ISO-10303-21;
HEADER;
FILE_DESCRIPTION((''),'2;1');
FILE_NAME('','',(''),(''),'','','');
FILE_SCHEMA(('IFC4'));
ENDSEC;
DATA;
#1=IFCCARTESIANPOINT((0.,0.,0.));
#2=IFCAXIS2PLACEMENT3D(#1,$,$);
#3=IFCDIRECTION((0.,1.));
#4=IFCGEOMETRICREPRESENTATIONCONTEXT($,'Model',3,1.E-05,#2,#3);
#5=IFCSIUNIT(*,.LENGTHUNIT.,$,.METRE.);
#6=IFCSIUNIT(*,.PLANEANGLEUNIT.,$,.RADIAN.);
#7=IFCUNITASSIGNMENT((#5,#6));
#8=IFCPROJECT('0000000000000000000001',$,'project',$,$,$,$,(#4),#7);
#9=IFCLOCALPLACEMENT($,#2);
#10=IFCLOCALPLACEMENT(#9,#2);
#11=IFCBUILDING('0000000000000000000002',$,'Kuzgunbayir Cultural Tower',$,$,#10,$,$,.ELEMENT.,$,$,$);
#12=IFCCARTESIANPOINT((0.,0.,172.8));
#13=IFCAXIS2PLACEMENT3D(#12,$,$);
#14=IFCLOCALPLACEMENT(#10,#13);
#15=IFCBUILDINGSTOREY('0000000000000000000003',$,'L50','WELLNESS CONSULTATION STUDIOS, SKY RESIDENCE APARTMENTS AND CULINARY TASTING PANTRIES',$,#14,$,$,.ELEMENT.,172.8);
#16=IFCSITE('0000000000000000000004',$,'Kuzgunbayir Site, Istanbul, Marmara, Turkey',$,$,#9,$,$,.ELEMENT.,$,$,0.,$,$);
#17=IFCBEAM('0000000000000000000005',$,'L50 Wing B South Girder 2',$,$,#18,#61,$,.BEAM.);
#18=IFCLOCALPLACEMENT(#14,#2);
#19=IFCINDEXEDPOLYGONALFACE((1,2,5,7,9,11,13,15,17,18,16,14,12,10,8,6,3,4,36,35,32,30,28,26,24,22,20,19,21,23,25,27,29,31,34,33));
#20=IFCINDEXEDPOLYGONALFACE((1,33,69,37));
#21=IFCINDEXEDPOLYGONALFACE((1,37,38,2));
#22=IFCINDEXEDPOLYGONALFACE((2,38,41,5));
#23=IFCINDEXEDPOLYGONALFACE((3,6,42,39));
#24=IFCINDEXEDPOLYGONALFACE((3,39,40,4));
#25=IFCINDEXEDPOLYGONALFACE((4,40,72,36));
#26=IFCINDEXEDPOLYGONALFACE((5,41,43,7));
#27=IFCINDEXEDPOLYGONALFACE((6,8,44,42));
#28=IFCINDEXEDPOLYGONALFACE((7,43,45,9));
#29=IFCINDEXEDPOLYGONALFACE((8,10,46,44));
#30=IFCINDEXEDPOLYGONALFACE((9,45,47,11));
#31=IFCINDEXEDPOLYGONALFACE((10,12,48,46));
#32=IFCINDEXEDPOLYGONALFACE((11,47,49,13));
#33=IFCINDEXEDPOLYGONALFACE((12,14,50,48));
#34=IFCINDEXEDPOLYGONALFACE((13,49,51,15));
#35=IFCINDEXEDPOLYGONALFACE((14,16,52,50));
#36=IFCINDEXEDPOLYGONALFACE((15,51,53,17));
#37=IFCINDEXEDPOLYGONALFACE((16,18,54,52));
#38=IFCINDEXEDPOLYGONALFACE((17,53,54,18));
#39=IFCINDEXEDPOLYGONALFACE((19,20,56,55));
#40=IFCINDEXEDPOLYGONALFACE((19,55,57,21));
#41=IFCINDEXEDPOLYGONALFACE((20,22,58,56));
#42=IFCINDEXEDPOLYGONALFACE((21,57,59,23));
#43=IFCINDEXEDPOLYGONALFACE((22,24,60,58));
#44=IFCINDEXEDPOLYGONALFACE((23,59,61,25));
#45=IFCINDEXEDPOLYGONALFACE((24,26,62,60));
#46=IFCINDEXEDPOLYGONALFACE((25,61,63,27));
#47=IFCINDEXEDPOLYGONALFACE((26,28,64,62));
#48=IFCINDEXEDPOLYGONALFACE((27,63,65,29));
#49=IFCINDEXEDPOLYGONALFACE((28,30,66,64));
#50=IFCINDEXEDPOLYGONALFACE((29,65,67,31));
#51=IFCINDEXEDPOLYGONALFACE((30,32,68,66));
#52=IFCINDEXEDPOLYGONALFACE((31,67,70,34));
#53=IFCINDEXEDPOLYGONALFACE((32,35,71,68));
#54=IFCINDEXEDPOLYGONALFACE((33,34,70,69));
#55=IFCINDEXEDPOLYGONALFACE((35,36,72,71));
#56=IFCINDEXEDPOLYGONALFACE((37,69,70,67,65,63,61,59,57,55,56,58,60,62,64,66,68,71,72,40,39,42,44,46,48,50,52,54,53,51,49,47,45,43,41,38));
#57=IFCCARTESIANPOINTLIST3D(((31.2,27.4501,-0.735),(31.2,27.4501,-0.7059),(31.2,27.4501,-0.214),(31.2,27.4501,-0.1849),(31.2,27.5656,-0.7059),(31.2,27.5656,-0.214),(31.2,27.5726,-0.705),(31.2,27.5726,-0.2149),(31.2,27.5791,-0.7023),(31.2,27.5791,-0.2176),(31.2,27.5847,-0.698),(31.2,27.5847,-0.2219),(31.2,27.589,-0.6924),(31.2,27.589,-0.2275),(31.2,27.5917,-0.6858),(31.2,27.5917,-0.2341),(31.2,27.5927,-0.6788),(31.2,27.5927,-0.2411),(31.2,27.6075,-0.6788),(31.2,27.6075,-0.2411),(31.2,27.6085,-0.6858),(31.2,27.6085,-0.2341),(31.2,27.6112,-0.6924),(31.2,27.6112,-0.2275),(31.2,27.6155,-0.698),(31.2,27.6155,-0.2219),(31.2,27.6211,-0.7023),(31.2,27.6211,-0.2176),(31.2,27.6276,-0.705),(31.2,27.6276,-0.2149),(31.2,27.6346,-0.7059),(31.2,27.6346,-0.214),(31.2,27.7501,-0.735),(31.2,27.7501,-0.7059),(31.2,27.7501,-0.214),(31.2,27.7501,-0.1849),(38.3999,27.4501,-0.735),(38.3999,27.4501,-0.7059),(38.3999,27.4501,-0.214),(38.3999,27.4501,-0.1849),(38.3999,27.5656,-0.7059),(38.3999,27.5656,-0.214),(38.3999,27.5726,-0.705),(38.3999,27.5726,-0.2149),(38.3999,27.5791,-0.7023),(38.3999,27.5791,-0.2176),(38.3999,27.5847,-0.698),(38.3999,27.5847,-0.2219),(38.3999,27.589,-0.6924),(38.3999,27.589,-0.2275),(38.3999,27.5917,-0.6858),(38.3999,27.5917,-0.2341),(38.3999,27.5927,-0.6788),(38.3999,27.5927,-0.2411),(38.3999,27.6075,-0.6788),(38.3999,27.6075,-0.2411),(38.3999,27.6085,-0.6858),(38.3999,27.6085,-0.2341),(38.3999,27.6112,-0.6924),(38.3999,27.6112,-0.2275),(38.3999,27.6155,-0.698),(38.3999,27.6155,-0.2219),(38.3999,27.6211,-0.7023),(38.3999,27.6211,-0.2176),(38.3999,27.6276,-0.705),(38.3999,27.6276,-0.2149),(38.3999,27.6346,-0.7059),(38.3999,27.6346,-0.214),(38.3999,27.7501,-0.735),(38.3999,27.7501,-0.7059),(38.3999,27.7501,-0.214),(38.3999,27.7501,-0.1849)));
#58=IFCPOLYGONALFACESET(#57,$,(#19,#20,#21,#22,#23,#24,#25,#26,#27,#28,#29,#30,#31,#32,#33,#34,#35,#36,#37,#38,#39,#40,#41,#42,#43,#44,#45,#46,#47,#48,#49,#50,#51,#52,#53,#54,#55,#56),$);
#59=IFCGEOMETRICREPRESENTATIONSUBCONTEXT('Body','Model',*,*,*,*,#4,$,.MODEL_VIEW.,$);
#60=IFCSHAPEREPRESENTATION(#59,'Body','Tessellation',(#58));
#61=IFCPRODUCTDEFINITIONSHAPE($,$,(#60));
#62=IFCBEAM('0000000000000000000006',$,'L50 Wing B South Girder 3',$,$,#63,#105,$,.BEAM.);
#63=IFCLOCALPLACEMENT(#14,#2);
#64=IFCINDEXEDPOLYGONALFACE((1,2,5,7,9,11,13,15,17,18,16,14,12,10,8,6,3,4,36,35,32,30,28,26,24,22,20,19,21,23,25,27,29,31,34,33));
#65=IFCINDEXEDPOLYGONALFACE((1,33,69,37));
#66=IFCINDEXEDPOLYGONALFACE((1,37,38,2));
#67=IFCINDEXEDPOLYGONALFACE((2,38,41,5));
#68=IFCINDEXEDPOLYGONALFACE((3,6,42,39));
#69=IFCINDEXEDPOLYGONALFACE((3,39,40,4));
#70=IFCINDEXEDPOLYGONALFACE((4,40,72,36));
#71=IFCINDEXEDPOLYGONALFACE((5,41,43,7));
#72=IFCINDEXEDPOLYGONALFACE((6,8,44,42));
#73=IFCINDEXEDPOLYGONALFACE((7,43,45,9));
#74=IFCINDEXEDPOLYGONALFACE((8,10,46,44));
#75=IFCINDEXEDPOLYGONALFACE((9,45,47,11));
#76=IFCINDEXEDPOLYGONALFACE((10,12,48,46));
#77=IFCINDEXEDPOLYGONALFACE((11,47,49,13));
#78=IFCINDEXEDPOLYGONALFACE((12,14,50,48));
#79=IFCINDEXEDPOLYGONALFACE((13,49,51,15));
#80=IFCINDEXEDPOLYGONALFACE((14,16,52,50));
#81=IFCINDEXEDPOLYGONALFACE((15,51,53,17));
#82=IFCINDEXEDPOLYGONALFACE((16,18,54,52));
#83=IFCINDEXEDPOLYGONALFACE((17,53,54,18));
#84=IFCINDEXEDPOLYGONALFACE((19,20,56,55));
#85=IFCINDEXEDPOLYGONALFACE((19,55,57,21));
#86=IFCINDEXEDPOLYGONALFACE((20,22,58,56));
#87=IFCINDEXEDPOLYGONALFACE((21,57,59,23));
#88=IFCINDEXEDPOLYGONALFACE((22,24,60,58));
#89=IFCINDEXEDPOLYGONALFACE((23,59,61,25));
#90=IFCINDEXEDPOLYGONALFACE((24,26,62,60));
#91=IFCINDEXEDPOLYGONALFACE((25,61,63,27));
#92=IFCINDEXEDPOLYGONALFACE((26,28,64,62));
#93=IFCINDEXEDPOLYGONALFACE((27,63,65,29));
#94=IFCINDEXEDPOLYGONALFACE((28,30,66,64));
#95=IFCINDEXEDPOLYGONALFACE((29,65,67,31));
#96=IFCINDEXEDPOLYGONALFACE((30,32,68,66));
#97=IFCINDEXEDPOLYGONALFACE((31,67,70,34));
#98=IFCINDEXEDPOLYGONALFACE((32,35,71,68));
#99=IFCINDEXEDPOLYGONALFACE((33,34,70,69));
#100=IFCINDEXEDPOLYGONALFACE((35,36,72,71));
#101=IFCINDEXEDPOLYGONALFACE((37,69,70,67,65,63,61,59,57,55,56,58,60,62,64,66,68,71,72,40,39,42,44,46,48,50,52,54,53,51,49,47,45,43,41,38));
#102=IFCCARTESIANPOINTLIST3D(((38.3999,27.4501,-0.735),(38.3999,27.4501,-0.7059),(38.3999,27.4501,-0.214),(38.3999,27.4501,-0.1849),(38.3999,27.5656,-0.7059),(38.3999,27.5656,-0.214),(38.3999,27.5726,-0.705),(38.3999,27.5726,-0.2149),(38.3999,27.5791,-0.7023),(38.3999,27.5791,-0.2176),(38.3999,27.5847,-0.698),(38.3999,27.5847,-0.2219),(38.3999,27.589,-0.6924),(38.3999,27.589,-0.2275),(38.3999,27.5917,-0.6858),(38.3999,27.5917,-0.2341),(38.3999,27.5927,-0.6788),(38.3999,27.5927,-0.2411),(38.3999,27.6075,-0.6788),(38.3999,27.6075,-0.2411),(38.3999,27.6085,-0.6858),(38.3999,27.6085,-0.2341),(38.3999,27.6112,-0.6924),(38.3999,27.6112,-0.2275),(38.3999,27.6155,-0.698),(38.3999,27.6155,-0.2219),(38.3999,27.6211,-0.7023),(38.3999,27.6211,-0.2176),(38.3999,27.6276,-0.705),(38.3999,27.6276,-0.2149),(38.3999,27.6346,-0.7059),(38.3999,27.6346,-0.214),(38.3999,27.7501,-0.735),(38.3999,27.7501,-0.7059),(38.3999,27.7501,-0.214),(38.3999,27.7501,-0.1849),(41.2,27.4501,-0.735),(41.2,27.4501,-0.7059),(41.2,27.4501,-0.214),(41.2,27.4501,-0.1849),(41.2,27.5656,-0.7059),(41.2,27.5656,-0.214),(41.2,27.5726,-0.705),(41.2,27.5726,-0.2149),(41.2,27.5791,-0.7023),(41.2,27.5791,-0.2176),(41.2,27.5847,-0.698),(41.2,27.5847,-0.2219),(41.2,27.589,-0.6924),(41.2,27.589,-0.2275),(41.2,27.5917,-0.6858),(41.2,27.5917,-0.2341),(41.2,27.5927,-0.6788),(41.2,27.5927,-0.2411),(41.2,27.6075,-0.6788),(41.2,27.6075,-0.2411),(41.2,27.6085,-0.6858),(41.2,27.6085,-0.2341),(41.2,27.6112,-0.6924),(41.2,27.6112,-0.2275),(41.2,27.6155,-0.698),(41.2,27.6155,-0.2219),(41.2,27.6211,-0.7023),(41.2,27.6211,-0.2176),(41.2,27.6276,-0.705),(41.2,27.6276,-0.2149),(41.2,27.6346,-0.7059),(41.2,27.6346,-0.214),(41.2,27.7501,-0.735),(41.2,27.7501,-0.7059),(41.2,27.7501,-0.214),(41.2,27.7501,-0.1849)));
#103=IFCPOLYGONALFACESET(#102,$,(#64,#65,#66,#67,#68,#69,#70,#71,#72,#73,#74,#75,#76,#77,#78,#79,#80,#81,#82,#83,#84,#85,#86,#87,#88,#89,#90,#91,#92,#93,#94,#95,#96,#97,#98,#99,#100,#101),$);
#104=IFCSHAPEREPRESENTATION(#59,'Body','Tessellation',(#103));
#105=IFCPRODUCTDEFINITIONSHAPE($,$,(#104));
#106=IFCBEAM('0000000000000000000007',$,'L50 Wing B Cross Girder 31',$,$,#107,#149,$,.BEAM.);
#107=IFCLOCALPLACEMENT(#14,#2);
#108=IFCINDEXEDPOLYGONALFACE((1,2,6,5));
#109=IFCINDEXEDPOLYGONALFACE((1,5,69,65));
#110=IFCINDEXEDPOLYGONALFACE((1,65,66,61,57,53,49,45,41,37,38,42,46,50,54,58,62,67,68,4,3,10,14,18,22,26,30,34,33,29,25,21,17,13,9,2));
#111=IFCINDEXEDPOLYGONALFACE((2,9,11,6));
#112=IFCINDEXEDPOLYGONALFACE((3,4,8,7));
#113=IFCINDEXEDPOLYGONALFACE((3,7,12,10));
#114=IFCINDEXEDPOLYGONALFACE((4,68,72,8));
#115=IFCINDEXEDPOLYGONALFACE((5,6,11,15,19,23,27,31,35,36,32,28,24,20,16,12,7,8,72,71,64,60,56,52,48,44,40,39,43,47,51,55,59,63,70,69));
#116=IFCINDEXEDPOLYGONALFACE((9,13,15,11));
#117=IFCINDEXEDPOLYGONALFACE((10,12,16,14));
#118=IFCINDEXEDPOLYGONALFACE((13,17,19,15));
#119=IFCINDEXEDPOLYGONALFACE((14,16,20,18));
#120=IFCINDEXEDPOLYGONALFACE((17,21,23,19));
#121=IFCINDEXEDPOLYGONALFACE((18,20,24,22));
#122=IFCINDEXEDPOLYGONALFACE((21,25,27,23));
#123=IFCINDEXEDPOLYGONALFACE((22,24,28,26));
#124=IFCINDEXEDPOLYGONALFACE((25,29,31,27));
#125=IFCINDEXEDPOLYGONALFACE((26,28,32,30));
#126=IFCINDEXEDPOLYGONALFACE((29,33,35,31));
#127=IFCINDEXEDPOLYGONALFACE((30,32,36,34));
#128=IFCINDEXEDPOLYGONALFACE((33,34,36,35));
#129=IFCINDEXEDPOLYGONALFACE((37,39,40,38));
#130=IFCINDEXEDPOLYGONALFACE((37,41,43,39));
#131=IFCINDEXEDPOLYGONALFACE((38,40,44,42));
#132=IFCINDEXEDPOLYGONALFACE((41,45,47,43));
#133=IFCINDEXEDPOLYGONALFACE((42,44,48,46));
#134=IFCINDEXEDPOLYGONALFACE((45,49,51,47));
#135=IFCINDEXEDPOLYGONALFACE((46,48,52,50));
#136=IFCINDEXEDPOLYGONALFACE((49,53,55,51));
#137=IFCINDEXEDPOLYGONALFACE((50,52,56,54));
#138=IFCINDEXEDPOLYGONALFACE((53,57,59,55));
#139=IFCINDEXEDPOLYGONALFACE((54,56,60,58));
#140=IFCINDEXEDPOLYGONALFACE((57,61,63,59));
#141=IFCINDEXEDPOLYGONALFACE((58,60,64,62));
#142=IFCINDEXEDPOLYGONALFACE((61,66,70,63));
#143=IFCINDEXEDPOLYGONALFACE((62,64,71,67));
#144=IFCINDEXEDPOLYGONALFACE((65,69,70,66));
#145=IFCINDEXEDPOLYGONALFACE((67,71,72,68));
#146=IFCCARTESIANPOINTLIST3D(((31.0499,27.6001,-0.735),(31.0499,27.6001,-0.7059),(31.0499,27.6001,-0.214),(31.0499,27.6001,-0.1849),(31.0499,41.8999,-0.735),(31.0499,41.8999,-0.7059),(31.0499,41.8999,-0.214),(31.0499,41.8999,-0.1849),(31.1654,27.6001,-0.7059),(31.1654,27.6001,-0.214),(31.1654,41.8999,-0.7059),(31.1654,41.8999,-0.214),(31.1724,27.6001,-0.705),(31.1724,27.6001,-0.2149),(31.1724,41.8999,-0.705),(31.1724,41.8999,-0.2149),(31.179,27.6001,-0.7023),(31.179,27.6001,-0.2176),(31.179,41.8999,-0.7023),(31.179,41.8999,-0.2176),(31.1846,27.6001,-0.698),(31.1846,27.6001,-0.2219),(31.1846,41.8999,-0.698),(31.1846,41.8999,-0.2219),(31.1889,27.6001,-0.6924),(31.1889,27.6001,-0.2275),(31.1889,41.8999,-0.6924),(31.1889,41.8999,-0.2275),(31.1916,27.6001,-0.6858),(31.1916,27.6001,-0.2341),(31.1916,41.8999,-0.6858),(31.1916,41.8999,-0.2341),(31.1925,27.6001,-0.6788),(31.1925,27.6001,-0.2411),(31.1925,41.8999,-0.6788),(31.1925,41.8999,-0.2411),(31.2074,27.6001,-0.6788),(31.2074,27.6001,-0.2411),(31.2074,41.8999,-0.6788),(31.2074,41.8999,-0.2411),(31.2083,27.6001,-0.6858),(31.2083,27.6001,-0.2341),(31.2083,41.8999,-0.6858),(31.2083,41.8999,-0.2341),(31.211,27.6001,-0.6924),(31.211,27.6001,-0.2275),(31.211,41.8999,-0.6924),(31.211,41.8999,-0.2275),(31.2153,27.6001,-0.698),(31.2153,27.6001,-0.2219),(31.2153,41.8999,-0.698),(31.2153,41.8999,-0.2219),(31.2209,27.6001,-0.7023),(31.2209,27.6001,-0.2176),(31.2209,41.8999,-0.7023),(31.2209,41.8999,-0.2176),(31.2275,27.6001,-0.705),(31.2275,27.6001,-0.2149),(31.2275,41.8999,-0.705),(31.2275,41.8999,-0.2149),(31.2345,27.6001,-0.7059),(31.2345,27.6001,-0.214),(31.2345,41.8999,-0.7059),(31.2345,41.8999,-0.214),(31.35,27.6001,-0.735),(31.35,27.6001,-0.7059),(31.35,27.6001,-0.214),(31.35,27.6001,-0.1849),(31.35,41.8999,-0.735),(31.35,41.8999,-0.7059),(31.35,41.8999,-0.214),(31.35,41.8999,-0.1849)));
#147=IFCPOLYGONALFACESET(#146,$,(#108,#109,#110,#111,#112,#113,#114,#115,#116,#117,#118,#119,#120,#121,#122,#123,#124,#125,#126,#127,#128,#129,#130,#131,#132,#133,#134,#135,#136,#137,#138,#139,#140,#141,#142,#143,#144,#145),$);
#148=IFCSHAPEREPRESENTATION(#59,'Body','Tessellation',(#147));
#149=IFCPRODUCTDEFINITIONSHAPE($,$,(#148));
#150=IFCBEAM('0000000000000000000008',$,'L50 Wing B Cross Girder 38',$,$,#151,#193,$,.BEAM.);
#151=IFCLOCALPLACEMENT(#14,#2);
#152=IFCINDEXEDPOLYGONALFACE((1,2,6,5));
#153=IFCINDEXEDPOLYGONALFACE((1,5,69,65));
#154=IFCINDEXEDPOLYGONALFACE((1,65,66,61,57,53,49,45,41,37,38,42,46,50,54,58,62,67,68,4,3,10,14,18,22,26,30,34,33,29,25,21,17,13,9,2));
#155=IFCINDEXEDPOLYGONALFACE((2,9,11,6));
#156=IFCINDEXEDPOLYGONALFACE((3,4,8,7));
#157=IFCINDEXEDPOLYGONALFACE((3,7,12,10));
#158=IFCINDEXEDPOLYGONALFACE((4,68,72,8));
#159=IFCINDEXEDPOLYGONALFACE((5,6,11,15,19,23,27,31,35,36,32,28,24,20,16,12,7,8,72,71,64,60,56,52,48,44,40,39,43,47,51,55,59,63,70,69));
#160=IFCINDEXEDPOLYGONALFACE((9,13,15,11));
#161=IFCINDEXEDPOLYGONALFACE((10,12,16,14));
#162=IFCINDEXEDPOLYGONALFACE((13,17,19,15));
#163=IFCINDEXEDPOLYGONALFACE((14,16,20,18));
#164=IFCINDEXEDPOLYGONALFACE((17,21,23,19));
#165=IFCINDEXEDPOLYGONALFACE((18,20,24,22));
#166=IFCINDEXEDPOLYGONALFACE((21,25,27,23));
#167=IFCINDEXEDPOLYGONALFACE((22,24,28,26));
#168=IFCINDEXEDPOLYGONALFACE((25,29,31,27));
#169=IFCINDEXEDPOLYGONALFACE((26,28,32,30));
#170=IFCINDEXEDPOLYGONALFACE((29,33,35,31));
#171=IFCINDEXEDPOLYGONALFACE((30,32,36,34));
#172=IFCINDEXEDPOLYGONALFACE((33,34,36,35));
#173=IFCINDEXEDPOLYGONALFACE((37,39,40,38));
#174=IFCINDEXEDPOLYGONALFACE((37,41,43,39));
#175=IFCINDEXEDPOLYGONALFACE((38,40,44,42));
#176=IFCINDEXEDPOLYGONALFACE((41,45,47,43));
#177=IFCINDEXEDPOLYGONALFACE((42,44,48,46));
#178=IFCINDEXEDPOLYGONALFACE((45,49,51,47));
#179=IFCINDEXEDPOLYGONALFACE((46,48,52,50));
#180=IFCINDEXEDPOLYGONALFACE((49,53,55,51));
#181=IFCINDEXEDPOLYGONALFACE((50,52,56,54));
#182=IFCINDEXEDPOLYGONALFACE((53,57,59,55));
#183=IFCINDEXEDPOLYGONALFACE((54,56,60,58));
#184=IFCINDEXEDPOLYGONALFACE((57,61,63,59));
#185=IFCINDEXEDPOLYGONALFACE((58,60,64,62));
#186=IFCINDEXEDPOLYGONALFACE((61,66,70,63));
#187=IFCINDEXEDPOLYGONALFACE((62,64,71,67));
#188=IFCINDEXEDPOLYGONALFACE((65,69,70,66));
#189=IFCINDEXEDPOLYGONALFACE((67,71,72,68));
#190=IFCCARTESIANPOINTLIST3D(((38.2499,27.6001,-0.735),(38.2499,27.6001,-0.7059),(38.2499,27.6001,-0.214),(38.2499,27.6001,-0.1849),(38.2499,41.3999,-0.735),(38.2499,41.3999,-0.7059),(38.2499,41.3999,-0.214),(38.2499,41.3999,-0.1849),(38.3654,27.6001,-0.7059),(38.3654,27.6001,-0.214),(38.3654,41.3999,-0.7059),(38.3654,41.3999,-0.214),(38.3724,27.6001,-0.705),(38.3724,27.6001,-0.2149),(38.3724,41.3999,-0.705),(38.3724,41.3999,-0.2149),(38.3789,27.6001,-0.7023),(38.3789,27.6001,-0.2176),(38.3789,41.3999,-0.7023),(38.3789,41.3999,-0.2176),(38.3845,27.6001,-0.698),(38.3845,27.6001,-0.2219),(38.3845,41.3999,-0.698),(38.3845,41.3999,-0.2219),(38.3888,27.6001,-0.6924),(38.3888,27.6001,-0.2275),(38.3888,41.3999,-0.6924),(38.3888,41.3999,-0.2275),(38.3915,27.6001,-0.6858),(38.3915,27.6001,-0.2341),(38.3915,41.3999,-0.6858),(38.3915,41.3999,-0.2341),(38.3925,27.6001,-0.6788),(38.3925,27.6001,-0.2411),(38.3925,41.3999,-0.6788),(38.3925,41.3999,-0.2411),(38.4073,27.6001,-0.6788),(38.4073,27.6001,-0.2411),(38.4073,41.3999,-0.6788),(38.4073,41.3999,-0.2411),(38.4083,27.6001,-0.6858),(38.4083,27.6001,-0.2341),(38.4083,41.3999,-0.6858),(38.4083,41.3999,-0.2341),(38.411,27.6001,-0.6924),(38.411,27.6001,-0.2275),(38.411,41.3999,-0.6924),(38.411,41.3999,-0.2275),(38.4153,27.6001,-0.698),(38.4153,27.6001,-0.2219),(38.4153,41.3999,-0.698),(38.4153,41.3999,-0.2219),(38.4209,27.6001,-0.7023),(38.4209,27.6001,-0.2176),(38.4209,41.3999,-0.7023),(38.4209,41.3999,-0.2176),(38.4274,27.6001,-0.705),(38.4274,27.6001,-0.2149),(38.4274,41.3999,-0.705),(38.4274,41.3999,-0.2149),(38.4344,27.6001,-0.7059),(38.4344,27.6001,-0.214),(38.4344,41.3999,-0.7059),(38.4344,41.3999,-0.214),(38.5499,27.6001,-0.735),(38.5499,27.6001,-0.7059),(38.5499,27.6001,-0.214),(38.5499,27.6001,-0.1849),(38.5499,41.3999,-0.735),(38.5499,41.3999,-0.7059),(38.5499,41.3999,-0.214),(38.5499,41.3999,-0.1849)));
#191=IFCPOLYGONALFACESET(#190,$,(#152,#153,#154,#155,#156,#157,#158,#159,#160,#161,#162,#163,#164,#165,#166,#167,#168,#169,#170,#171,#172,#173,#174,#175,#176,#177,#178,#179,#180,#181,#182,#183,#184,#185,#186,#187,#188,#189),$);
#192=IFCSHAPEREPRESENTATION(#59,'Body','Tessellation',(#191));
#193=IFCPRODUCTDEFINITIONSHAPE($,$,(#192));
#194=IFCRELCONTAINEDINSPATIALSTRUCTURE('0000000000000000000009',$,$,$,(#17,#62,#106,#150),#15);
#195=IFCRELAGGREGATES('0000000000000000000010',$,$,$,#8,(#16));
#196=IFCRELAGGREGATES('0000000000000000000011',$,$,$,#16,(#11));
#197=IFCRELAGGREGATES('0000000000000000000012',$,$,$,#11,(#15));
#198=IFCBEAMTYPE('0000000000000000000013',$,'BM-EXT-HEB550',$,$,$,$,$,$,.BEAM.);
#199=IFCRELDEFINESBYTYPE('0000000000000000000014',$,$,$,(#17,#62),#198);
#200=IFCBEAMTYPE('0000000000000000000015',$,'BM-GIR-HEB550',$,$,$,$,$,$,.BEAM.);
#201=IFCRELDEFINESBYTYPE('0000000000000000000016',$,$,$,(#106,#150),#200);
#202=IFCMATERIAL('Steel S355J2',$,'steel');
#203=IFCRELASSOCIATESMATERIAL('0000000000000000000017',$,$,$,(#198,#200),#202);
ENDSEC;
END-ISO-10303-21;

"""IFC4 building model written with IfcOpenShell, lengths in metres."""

from ifc_helpers import new_model, si_unit, direction, frame, origin, origin_2d, place, context, subcontext, project, spatial, i_section, extrude, material, material_profile, profile_set, type_object, element, save


model = new_model("IFC4")

# Units and contexts
model_context = context("Model", 3, precision=1e-05, world=origin(), true_north=direction((0.0, 1.0)))
body_context = subcontext(model_context, "Body", "Model", "MODEL_VIEW")
ifc_project = project(units=[si_unit("LENGTHUNIT", "METRE"), si_unit("PLANEANGLEUNIT", "RADIAN")], contexts=[model_context])

# Site, building, storey
site_placement = place(None, origin())
site = spatial("IfcSite", under=ifc_project, at=site_placement, Name="Kuzgunbayir Site, Istanbul, Marmara, Turkey", CompositionType="ELEMENT", RefElevation=0.0)
building_placement = place(site_placement, origin())
building = spatial("IfcBuilding", under=site, at=building_placement, Name="Kuzgunbayir Cultural Tower", CompositionType="ELEMENT")
storey_placement = place(building_placement, frame((0.0, 0.0, 172.8)))
storey = spatial("IfcBuildingStorey", under=building, at=storey_placement, Name="L50", Description="WELLNESS CONSULTATION STUDIOS, SKY RESIDENCE APARTMENTS AND CULINARY TASTING PANTRIES", CompositionType="ELEMENT", Elevation=172.8)

# Beams
ifc_material_1 = material(Name="Steel S355J2", Category="steel")
ifc_material_profile_1 = material_profile(ifc_material_1, i_section(OverallWidth=0.3, OverallDepth=0.55, WebThickness=0.0149, FlangeThickness=0.0291, FilletRadius=0.0271, at=origin_2d()), Name="HEB 550")
ifc_profile_set_1 = profile_set([ifc_material_profile_1], Name="Steel S355J2")
beam_type_1 = type_object("IfcBeamType", Name="BM-EXT-HEB550", PredefinedType="BEAM", material=ifc_profile_set_1)
beam_1_placement = place(storey_placement, frame((31.2, 27.6001, -0.46), z_axis=(1.0, 0.0, 0.0), x_axis=(0.0, 1.0, 0.0)))
element("IfcBeam", 1, at=beam_1_placement, inside=storey, type_object=beam_type_1, Name="L50 Wing B South Girder 2", PredefinedType="BEAM", context=body_context, shape_type="SweptSolid", body=[
    extrude(i_section(OverallWidth=0.3, OverallDepth=0.55, WebThickness=0.0149, FlangeThickness=0.0291, FilletRadius=0.0271, at=origin_2d()), origin(), (0.0, 0.0, 1.0), 7.2),
])
beam_2_placement = place(storey_placement, frame((38.3999, 27.6001, -0.46), z_axis=(1.0, 0.0, 0.0), x_axis=(0.0, 1.0, 0.0)))
element("IfcBeam", 2, at=beam_2_placement, inside=storey, type_object=beam_type_1, Name="L50 Wing B South Girder 3", PredefinedType="BEAM", context=body_context, shape_type="SweptSolid", body=[
    extrude(i_section(OverallWidth=0.3, OverallDepth=0.55, WebThickness=0.0149, FlangeThickness=0.0291, FilletRadius=0.0271, at=origin_2d()), origin(), (0.0, 0.0, 1.0), 2.8),
])
ifc_material_profile_2 = material_profile(ifc_material_1, i_section(OverallWidth=0.3, OverallDepth=0.55, WebThickness=0.0149, FlangeThickness=0.0291, FilletRadius=0.0271, at=origin_2d()), Name="HEB 550")
ifc_profile_set_2 = profile_set([ifc_material_profile_2], Name="Steel S355J2")
beam_type_2 = type_object("IfcBeamType", Name="BM-GIR-HEB550", PredefinedType="BEAM", material=ifc_profile_set_2)
beam_3_placement = place(storey_placement, frame((31.2, 27.6001, -0.46), z_axis=(0.0, 1.0, 0.0), x_axis=(-1.0, 0.0, 0.0)))
element("IfcBeam", 3, at=beam_3_placement, inside=storey, type_object=beam_type_2, Name="L50 Wing B Cross Girder 31", PredefinedType="BEAM", context=body_context, shape_type="SweptSolid", body=[
    extrude(i_section(OverallWidth=0.3, OverallDepth=0.55, WebThickness=0.0149, FlangeThickness=0.0291, FilletRadius=0.0271, at=origin_2d()), origin(), (0.0, 0.0, 1.0), 14.2998),
])
beam_4_placement = place(storey_placement, frame((38.3999, 27.6001, -0.46), z_axis=(0.0, 1.0, 0.0), x_axis=(-1.0, 0.0, 0.0)))
element("IfcBeam", 4, at=beam_4_placement, inside=storey, type_object=beam_type_2, Name="L50 Wing B Cross Girder 38", PredefinedType="BEAM", context=body_context, shape_type="SweptSolid", body=[
    extrude(i_section(OverallWidth=0.3, OverallDepth=0.55, WebThickness=0.0149, FlangeThickness=0.0291, FilletRadius=0.0271, at=origin_2d()), origin(), (0.0, 0.0, 1.0), 13.7998),
])

save(model, "model.ifc")
